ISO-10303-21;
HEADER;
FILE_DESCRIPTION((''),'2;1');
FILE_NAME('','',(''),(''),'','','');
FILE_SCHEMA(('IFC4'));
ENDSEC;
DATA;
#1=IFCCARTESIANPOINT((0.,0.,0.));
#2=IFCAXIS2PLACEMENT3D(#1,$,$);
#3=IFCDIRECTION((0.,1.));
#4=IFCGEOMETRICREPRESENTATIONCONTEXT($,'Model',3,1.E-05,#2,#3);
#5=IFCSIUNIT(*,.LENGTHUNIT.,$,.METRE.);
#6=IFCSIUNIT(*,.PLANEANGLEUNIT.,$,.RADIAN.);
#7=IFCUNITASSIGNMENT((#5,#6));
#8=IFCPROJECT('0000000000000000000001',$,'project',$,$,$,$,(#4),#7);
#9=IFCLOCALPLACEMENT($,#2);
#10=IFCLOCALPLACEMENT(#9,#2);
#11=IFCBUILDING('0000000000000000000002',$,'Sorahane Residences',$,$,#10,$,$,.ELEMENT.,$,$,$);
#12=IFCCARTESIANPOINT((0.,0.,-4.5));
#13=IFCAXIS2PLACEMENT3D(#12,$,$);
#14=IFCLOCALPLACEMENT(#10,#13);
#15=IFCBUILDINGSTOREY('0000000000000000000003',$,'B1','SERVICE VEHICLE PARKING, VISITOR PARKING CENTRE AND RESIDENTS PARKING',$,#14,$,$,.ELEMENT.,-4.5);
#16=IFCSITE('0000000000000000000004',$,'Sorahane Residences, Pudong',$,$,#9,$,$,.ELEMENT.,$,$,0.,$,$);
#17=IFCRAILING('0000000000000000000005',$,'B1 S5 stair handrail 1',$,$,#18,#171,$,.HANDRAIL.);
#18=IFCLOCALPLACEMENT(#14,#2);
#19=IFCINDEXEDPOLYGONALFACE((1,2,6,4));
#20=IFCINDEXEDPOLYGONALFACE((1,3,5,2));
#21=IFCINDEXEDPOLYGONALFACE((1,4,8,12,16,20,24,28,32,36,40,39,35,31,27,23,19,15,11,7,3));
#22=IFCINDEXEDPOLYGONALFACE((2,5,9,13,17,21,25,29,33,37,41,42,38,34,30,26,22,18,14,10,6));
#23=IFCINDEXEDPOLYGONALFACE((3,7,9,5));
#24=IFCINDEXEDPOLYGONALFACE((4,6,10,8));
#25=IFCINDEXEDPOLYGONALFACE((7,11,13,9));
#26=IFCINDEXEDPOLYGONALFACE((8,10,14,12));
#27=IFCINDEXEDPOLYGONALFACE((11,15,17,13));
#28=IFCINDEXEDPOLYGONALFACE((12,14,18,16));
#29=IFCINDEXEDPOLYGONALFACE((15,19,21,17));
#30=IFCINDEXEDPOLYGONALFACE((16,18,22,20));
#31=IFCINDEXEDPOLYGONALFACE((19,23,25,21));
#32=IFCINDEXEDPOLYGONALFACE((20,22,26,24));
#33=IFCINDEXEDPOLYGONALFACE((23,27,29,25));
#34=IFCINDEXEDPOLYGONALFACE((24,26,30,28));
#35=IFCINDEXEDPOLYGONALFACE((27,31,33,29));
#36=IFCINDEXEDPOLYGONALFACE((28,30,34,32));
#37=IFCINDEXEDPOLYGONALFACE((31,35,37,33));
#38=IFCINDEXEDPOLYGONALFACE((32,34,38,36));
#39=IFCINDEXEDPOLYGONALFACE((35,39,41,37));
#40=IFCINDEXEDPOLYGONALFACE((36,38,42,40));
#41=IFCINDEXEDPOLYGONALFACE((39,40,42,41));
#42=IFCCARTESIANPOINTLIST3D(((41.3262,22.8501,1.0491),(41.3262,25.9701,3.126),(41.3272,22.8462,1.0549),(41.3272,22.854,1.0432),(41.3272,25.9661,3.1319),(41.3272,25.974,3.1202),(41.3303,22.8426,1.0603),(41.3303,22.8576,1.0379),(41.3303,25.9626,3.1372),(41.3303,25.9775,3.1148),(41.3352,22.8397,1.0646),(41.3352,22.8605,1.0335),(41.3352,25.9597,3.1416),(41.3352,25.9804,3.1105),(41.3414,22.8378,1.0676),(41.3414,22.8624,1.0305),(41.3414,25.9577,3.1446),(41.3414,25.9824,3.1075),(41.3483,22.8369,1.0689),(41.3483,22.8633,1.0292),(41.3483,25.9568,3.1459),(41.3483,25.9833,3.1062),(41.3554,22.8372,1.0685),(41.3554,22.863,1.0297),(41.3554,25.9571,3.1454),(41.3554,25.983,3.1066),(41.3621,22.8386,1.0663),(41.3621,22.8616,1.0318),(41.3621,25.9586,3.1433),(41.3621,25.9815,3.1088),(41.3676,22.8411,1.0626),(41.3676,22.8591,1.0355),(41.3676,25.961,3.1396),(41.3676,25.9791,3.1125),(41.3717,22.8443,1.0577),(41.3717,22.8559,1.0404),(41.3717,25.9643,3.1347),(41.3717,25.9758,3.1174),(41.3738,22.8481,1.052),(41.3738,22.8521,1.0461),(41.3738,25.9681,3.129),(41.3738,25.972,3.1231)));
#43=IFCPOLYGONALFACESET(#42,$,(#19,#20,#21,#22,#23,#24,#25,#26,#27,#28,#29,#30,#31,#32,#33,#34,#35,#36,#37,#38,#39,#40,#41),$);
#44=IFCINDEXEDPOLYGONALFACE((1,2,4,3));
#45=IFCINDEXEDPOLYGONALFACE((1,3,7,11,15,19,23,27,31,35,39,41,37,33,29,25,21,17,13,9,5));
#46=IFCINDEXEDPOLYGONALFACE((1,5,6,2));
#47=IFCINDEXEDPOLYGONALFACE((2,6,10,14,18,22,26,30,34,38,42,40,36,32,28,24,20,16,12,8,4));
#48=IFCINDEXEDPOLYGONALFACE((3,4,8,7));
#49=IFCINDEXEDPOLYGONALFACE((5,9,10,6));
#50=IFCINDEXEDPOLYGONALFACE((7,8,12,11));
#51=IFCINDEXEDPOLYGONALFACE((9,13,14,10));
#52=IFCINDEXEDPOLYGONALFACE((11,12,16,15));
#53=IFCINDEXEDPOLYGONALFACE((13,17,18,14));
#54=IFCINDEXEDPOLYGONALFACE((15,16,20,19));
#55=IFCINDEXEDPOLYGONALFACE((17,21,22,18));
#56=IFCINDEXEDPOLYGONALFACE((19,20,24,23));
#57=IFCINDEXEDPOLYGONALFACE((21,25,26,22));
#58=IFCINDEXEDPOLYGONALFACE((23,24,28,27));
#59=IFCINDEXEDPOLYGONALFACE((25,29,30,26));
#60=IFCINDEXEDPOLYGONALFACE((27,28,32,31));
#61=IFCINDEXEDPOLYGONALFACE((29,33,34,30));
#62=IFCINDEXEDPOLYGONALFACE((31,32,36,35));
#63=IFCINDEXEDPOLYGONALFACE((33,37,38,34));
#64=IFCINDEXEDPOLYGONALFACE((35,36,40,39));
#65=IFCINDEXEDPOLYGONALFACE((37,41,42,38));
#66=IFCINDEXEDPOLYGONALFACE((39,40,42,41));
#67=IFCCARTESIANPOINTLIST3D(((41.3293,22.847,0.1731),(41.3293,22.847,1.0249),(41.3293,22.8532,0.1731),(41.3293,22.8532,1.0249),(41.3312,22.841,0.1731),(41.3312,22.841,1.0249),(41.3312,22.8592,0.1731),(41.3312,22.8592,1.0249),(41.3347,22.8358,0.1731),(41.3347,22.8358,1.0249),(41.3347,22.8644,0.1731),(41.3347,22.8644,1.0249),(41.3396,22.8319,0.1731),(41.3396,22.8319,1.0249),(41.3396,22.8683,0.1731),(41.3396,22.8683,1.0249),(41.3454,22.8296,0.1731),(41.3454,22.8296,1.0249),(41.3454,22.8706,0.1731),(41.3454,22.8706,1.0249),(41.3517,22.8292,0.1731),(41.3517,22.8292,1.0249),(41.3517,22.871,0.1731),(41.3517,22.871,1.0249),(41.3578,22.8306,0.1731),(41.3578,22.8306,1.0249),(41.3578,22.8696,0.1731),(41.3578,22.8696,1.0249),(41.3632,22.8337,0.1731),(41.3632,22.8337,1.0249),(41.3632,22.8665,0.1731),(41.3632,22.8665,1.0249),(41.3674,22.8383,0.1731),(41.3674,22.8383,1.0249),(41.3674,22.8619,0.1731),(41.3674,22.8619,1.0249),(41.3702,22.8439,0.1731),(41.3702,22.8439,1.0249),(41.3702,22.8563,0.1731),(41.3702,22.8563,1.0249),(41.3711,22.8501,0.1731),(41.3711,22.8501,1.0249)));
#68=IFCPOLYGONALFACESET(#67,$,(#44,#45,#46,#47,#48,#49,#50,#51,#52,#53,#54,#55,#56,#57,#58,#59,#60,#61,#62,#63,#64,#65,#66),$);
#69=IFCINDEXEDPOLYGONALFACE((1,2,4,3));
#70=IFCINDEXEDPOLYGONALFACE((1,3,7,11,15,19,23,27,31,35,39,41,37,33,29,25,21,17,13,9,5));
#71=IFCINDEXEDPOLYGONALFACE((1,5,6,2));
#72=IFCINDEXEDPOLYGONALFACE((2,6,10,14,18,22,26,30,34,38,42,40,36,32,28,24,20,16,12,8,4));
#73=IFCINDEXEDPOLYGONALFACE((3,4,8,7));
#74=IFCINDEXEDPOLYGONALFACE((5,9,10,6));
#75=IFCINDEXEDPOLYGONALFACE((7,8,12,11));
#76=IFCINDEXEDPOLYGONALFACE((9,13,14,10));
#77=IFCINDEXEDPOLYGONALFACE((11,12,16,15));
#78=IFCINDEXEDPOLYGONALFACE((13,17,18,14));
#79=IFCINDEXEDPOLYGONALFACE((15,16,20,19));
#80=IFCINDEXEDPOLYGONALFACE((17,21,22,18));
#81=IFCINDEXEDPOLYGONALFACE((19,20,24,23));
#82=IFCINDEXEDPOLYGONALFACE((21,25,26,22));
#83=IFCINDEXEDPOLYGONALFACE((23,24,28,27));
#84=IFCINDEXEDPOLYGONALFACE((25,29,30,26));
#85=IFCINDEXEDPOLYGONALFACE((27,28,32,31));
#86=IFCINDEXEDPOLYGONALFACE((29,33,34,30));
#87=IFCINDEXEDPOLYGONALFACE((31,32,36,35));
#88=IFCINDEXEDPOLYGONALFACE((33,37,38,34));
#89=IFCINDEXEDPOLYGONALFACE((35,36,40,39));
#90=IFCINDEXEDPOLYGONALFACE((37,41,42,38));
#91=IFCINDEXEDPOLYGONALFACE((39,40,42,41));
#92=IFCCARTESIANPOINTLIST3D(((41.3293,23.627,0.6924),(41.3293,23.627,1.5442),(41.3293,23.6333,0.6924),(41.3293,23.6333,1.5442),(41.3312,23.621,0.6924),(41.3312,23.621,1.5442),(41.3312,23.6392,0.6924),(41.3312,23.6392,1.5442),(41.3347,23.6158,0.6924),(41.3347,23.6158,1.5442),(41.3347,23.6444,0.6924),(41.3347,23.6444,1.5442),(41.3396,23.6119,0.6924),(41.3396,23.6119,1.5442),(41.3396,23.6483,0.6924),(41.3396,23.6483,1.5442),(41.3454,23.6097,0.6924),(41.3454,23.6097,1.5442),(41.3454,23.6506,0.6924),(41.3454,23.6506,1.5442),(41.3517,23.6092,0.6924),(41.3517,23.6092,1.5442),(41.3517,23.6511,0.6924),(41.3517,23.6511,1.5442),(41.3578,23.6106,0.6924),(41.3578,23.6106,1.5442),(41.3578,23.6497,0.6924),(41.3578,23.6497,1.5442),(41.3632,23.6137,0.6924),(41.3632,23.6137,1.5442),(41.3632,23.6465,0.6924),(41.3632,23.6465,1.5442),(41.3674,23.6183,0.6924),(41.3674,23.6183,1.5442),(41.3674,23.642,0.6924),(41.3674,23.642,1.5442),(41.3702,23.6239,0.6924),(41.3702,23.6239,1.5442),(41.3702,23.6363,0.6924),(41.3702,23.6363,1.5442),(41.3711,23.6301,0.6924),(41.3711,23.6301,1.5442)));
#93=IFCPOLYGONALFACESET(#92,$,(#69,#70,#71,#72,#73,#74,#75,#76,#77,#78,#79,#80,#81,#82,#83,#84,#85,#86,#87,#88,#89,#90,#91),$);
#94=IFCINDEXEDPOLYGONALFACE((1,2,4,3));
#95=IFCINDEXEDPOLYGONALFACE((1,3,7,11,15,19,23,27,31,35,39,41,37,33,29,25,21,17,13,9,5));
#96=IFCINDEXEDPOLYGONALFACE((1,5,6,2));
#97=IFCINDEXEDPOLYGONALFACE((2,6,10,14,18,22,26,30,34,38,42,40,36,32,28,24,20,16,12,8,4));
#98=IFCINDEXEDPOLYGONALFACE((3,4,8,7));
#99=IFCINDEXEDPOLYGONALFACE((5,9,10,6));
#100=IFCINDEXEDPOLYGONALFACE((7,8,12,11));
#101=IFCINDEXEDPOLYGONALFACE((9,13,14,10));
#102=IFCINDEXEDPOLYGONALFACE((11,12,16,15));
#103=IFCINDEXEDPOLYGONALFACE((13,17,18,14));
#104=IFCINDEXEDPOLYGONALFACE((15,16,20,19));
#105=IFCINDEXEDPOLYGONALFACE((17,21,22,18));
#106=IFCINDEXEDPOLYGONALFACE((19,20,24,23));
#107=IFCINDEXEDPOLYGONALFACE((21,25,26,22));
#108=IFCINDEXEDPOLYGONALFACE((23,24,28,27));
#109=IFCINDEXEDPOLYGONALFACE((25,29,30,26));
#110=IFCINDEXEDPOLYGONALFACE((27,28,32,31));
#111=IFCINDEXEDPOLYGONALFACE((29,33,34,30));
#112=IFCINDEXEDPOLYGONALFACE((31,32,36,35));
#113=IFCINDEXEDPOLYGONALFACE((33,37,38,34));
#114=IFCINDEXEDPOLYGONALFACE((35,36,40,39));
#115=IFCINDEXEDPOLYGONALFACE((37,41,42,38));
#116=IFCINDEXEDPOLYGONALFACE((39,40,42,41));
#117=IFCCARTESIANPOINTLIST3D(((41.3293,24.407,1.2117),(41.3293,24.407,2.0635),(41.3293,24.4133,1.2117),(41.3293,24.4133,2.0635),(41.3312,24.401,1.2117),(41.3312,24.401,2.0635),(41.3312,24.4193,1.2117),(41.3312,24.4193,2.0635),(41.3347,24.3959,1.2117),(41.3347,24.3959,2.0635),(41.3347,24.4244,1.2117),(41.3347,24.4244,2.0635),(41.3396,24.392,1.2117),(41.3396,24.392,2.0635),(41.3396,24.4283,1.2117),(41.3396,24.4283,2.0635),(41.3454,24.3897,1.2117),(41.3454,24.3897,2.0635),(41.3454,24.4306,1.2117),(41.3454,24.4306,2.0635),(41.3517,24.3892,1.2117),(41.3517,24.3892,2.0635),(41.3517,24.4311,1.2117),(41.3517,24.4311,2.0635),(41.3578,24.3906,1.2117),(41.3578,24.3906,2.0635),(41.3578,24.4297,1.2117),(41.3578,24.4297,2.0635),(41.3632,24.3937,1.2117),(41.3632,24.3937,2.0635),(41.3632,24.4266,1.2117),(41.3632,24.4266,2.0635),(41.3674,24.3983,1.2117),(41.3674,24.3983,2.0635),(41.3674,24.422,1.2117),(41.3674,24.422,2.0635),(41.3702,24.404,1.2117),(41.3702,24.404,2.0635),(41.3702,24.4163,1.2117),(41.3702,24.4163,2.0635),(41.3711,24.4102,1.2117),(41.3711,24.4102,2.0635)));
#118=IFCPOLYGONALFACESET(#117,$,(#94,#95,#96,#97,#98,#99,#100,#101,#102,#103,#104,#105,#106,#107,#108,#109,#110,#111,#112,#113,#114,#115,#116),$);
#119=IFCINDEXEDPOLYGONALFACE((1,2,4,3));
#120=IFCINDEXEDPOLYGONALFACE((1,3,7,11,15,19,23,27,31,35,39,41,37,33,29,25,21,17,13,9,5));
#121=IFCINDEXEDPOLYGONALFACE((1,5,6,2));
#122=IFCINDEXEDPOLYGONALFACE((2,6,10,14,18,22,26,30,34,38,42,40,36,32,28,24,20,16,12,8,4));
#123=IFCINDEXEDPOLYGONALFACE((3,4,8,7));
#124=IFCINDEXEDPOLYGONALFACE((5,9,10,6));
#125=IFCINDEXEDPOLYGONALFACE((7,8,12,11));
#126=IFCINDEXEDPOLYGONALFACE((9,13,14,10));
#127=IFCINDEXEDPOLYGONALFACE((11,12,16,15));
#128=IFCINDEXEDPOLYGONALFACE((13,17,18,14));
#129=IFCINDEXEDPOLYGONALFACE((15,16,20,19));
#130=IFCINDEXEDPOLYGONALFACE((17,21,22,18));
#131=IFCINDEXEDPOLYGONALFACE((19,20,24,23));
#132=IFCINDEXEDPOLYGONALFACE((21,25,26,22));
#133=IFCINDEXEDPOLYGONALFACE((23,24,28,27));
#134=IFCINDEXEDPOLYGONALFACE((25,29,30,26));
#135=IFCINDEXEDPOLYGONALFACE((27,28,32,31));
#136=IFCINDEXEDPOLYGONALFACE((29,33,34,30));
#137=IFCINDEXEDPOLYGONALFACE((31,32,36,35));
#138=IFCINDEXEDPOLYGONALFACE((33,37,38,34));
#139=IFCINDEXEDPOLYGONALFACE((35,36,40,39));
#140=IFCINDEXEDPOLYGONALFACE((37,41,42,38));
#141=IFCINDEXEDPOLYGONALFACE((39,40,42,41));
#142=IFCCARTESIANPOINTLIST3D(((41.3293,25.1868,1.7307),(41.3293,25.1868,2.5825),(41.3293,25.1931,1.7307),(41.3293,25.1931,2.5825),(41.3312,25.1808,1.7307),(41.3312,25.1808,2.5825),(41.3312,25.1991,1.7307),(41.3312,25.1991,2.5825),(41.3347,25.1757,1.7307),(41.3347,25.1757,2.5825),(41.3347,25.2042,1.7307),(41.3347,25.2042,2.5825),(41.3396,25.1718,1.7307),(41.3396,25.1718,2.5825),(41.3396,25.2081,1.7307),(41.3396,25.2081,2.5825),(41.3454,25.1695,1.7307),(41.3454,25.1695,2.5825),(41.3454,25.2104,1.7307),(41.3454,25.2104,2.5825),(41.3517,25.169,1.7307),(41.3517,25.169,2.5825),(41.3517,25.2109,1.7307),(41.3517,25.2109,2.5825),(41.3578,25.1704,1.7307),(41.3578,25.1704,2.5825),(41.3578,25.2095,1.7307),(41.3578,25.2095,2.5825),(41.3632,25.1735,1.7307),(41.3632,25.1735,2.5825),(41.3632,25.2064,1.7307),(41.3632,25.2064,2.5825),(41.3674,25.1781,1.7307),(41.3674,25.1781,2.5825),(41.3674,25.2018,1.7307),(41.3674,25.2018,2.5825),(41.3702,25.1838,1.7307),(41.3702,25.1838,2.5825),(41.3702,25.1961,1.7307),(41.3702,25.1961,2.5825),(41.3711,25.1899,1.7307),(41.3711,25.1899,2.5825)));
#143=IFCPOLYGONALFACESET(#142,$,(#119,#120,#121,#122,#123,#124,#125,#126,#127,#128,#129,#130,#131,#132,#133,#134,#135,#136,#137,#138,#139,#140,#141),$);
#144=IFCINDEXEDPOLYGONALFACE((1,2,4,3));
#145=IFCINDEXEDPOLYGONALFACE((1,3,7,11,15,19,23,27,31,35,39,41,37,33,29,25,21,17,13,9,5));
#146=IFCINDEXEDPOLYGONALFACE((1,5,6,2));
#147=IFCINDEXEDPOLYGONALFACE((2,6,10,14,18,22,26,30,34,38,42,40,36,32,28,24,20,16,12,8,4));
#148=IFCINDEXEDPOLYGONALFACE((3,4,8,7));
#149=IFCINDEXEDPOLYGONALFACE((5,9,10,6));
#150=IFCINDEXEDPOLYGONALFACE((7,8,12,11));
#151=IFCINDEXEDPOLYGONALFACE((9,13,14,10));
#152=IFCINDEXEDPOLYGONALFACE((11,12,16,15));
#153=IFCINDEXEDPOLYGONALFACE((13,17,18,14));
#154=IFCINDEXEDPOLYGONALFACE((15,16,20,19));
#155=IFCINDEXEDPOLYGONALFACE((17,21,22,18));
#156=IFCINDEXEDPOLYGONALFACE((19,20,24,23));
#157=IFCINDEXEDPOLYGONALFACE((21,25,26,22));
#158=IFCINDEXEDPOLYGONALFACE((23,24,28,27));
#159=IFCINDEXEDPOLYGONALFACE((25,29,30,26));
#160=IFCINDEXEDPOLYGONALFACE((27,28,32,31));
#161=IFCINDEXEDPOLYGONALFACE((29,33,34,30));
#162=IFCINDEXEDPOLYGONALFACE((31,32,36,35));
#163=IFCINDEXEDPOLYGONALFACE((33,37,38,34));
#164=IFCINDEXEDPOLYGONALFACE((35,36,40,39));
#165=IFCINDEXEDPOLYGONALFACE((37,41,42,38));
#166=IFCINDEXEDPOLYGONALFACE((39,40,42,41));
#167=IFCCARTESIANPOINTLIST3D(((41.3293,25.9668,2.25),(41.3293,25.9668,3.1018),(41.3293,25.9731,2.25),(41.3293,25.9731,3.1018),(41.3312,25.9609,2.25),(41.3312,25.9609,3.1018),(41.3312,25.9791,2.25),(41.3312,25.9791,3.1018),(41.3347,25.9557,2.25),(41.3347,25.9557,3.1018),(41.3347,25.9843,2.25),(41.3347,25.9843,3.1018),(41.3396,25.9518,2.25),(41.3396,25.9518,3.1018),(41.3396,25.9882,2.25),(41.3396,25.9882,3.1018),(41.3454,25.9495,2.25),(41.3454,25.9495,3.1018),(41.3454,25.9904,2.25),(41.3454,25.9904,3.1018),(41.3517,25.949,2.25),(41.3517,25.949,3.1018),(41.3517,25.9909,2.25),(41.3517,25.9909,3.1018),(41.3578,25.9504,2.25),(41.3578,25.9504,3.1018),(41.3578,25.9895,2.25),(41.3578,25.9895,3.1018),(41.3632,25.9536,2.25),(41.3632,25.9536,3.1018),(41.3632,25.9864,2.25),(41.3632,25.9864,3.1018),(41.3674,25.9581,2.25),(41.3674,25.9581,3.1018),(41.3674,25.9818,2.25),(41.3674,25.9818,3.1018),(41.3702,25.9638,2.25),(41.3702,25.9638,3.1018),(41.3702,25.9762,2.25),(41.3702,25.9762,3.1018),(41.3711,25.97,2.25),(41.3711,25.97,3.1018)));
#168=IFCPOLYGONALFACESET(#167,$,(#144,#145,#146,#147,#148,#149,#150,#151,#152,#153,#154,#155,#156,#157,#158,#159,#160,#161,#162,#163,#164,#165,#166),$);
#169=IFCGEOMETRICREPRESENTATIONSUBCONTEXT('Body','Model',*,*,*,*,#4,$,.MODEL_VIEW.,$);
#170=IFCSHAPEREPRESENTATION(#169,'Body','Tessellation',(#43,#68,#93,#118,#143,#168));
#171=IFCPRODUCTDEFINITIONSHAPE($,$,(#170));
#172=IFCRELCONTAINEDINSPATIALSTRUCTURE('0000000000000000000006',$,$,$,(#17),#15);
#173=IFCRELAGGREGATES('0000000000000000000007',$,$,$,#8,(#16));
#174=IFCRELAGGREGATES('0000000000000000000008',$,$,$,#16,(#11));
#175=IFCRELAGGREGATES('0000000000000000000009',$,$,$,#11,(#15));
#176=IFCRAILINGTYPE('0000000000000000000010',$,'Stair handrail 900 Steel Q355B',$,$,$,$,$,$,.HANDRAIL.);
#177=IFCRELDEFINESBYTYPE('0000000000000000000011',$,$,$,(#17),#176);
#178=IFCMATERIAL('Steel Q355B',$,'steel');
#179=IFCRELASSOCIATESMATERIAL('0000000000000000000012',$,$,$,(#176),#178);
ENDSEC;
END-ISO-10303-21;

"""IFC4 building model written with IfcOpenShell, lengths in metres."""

from ifc_helpers import new_model, si_unit, direction, frame, origin, origin_2d, place, context, subcontext, project, spatial, circle, extrude, material, type_object, element, save


model = new_model("IFC4")

# Units and contexts
model_context = context("Model", 3, precision=1e-05, world=origin(), true_north=direction((0.0, 1.0)))
body_context = subcontext(model_context, "Body", "Model", "MODEL_VIEW")
ifc_project = project(units=[si_unit("LENGTHUNIT", "METRE"), si_unit("PLANEANGLEUNIT", "RADIAN")], contexts=[model_context])

# Site, building, storey
site_placement = place(None, origin())
site = spatial("IfcSite", under=ifc_project, at=site_placement, Name="Sorahane Residences, Pudong", CompositionType="ELEMENT", RefElevation=0.0)
building_placement = place(site_placement, origin())
building = spatial("IfcBuilding", under=site, at=building_placement, Name="Sorahane Residences", CompositionType="ELEMENT")
storey_placement = place(building_placement, frame((0.0, 0.0, -4.5)))
storey = spatial("IfcBuildingStorey", under=building, at=storey_placement, Name="B1", Description="SERVICE VEHICLE PARKING, VISITOR PARKING CENTRE AND RESIDENTS PARKING", CompositionType="ELEMENT", Elevation=-4.5)

# Railing
ifc_material_1 = material(Name="Steel Q355B", Category="steel")
railing_type_1 = type_object("IfcRailingType", Name="Stair handrail 900 Steel Q355B", PredefinedType="HANDRAIL", material=ifc_material_1)
railing_1_placement = place(storey_placement, frame((41.3501, 22.8501, 0.1731)))
element("IfcRailing", 1, at=railing_1_placement, inside=storey, type_object=railing_type_1, Name="B1 S5 stair handrail 1", PredefinedType="HANDRAIL", context=body_context, shape_type="SweptSolid", body=[
    extrude(circle(Radius=0.0239, at=origin_2d()), frame((0.0, 0.0, 0.876), z_axis=(0.0, 0.832421, 0.554144), x_axis=(-1.0, 0.0, 0.0)), (0.0, 0.0, 1.0), 3.748),
    extrude(circle(Radius=0.021, at=origin_2d()), origin(), (0.0, 0.0, 1.0), 0.8518),
    extrude(circle(Radius=0.021, at=origin_2d()), frame((0.0, 0.78, 0.5193)), (0.0, 0.0, 1.0), 0.8518),
    extrude(circle(Radius=0.021, at=origin_2d()), frame((0.0, 1.5601, 1.0386)), (0.0, 0.0, 1.0), 0.8518),
    extrude(circle(Radius=0.021, at=origin_2d()), frame((0.0, 2.3398, 1.5576)), (0.0, 0.0, 1.0), 0.8518),
    extrude(circle(Radius=0.021, at=origin_2d()), frame((0.0, 3.1199, 2.0769)), (0.0, 0.0, 1.0), 0.8518),
])

save(model, "model.ifc")
